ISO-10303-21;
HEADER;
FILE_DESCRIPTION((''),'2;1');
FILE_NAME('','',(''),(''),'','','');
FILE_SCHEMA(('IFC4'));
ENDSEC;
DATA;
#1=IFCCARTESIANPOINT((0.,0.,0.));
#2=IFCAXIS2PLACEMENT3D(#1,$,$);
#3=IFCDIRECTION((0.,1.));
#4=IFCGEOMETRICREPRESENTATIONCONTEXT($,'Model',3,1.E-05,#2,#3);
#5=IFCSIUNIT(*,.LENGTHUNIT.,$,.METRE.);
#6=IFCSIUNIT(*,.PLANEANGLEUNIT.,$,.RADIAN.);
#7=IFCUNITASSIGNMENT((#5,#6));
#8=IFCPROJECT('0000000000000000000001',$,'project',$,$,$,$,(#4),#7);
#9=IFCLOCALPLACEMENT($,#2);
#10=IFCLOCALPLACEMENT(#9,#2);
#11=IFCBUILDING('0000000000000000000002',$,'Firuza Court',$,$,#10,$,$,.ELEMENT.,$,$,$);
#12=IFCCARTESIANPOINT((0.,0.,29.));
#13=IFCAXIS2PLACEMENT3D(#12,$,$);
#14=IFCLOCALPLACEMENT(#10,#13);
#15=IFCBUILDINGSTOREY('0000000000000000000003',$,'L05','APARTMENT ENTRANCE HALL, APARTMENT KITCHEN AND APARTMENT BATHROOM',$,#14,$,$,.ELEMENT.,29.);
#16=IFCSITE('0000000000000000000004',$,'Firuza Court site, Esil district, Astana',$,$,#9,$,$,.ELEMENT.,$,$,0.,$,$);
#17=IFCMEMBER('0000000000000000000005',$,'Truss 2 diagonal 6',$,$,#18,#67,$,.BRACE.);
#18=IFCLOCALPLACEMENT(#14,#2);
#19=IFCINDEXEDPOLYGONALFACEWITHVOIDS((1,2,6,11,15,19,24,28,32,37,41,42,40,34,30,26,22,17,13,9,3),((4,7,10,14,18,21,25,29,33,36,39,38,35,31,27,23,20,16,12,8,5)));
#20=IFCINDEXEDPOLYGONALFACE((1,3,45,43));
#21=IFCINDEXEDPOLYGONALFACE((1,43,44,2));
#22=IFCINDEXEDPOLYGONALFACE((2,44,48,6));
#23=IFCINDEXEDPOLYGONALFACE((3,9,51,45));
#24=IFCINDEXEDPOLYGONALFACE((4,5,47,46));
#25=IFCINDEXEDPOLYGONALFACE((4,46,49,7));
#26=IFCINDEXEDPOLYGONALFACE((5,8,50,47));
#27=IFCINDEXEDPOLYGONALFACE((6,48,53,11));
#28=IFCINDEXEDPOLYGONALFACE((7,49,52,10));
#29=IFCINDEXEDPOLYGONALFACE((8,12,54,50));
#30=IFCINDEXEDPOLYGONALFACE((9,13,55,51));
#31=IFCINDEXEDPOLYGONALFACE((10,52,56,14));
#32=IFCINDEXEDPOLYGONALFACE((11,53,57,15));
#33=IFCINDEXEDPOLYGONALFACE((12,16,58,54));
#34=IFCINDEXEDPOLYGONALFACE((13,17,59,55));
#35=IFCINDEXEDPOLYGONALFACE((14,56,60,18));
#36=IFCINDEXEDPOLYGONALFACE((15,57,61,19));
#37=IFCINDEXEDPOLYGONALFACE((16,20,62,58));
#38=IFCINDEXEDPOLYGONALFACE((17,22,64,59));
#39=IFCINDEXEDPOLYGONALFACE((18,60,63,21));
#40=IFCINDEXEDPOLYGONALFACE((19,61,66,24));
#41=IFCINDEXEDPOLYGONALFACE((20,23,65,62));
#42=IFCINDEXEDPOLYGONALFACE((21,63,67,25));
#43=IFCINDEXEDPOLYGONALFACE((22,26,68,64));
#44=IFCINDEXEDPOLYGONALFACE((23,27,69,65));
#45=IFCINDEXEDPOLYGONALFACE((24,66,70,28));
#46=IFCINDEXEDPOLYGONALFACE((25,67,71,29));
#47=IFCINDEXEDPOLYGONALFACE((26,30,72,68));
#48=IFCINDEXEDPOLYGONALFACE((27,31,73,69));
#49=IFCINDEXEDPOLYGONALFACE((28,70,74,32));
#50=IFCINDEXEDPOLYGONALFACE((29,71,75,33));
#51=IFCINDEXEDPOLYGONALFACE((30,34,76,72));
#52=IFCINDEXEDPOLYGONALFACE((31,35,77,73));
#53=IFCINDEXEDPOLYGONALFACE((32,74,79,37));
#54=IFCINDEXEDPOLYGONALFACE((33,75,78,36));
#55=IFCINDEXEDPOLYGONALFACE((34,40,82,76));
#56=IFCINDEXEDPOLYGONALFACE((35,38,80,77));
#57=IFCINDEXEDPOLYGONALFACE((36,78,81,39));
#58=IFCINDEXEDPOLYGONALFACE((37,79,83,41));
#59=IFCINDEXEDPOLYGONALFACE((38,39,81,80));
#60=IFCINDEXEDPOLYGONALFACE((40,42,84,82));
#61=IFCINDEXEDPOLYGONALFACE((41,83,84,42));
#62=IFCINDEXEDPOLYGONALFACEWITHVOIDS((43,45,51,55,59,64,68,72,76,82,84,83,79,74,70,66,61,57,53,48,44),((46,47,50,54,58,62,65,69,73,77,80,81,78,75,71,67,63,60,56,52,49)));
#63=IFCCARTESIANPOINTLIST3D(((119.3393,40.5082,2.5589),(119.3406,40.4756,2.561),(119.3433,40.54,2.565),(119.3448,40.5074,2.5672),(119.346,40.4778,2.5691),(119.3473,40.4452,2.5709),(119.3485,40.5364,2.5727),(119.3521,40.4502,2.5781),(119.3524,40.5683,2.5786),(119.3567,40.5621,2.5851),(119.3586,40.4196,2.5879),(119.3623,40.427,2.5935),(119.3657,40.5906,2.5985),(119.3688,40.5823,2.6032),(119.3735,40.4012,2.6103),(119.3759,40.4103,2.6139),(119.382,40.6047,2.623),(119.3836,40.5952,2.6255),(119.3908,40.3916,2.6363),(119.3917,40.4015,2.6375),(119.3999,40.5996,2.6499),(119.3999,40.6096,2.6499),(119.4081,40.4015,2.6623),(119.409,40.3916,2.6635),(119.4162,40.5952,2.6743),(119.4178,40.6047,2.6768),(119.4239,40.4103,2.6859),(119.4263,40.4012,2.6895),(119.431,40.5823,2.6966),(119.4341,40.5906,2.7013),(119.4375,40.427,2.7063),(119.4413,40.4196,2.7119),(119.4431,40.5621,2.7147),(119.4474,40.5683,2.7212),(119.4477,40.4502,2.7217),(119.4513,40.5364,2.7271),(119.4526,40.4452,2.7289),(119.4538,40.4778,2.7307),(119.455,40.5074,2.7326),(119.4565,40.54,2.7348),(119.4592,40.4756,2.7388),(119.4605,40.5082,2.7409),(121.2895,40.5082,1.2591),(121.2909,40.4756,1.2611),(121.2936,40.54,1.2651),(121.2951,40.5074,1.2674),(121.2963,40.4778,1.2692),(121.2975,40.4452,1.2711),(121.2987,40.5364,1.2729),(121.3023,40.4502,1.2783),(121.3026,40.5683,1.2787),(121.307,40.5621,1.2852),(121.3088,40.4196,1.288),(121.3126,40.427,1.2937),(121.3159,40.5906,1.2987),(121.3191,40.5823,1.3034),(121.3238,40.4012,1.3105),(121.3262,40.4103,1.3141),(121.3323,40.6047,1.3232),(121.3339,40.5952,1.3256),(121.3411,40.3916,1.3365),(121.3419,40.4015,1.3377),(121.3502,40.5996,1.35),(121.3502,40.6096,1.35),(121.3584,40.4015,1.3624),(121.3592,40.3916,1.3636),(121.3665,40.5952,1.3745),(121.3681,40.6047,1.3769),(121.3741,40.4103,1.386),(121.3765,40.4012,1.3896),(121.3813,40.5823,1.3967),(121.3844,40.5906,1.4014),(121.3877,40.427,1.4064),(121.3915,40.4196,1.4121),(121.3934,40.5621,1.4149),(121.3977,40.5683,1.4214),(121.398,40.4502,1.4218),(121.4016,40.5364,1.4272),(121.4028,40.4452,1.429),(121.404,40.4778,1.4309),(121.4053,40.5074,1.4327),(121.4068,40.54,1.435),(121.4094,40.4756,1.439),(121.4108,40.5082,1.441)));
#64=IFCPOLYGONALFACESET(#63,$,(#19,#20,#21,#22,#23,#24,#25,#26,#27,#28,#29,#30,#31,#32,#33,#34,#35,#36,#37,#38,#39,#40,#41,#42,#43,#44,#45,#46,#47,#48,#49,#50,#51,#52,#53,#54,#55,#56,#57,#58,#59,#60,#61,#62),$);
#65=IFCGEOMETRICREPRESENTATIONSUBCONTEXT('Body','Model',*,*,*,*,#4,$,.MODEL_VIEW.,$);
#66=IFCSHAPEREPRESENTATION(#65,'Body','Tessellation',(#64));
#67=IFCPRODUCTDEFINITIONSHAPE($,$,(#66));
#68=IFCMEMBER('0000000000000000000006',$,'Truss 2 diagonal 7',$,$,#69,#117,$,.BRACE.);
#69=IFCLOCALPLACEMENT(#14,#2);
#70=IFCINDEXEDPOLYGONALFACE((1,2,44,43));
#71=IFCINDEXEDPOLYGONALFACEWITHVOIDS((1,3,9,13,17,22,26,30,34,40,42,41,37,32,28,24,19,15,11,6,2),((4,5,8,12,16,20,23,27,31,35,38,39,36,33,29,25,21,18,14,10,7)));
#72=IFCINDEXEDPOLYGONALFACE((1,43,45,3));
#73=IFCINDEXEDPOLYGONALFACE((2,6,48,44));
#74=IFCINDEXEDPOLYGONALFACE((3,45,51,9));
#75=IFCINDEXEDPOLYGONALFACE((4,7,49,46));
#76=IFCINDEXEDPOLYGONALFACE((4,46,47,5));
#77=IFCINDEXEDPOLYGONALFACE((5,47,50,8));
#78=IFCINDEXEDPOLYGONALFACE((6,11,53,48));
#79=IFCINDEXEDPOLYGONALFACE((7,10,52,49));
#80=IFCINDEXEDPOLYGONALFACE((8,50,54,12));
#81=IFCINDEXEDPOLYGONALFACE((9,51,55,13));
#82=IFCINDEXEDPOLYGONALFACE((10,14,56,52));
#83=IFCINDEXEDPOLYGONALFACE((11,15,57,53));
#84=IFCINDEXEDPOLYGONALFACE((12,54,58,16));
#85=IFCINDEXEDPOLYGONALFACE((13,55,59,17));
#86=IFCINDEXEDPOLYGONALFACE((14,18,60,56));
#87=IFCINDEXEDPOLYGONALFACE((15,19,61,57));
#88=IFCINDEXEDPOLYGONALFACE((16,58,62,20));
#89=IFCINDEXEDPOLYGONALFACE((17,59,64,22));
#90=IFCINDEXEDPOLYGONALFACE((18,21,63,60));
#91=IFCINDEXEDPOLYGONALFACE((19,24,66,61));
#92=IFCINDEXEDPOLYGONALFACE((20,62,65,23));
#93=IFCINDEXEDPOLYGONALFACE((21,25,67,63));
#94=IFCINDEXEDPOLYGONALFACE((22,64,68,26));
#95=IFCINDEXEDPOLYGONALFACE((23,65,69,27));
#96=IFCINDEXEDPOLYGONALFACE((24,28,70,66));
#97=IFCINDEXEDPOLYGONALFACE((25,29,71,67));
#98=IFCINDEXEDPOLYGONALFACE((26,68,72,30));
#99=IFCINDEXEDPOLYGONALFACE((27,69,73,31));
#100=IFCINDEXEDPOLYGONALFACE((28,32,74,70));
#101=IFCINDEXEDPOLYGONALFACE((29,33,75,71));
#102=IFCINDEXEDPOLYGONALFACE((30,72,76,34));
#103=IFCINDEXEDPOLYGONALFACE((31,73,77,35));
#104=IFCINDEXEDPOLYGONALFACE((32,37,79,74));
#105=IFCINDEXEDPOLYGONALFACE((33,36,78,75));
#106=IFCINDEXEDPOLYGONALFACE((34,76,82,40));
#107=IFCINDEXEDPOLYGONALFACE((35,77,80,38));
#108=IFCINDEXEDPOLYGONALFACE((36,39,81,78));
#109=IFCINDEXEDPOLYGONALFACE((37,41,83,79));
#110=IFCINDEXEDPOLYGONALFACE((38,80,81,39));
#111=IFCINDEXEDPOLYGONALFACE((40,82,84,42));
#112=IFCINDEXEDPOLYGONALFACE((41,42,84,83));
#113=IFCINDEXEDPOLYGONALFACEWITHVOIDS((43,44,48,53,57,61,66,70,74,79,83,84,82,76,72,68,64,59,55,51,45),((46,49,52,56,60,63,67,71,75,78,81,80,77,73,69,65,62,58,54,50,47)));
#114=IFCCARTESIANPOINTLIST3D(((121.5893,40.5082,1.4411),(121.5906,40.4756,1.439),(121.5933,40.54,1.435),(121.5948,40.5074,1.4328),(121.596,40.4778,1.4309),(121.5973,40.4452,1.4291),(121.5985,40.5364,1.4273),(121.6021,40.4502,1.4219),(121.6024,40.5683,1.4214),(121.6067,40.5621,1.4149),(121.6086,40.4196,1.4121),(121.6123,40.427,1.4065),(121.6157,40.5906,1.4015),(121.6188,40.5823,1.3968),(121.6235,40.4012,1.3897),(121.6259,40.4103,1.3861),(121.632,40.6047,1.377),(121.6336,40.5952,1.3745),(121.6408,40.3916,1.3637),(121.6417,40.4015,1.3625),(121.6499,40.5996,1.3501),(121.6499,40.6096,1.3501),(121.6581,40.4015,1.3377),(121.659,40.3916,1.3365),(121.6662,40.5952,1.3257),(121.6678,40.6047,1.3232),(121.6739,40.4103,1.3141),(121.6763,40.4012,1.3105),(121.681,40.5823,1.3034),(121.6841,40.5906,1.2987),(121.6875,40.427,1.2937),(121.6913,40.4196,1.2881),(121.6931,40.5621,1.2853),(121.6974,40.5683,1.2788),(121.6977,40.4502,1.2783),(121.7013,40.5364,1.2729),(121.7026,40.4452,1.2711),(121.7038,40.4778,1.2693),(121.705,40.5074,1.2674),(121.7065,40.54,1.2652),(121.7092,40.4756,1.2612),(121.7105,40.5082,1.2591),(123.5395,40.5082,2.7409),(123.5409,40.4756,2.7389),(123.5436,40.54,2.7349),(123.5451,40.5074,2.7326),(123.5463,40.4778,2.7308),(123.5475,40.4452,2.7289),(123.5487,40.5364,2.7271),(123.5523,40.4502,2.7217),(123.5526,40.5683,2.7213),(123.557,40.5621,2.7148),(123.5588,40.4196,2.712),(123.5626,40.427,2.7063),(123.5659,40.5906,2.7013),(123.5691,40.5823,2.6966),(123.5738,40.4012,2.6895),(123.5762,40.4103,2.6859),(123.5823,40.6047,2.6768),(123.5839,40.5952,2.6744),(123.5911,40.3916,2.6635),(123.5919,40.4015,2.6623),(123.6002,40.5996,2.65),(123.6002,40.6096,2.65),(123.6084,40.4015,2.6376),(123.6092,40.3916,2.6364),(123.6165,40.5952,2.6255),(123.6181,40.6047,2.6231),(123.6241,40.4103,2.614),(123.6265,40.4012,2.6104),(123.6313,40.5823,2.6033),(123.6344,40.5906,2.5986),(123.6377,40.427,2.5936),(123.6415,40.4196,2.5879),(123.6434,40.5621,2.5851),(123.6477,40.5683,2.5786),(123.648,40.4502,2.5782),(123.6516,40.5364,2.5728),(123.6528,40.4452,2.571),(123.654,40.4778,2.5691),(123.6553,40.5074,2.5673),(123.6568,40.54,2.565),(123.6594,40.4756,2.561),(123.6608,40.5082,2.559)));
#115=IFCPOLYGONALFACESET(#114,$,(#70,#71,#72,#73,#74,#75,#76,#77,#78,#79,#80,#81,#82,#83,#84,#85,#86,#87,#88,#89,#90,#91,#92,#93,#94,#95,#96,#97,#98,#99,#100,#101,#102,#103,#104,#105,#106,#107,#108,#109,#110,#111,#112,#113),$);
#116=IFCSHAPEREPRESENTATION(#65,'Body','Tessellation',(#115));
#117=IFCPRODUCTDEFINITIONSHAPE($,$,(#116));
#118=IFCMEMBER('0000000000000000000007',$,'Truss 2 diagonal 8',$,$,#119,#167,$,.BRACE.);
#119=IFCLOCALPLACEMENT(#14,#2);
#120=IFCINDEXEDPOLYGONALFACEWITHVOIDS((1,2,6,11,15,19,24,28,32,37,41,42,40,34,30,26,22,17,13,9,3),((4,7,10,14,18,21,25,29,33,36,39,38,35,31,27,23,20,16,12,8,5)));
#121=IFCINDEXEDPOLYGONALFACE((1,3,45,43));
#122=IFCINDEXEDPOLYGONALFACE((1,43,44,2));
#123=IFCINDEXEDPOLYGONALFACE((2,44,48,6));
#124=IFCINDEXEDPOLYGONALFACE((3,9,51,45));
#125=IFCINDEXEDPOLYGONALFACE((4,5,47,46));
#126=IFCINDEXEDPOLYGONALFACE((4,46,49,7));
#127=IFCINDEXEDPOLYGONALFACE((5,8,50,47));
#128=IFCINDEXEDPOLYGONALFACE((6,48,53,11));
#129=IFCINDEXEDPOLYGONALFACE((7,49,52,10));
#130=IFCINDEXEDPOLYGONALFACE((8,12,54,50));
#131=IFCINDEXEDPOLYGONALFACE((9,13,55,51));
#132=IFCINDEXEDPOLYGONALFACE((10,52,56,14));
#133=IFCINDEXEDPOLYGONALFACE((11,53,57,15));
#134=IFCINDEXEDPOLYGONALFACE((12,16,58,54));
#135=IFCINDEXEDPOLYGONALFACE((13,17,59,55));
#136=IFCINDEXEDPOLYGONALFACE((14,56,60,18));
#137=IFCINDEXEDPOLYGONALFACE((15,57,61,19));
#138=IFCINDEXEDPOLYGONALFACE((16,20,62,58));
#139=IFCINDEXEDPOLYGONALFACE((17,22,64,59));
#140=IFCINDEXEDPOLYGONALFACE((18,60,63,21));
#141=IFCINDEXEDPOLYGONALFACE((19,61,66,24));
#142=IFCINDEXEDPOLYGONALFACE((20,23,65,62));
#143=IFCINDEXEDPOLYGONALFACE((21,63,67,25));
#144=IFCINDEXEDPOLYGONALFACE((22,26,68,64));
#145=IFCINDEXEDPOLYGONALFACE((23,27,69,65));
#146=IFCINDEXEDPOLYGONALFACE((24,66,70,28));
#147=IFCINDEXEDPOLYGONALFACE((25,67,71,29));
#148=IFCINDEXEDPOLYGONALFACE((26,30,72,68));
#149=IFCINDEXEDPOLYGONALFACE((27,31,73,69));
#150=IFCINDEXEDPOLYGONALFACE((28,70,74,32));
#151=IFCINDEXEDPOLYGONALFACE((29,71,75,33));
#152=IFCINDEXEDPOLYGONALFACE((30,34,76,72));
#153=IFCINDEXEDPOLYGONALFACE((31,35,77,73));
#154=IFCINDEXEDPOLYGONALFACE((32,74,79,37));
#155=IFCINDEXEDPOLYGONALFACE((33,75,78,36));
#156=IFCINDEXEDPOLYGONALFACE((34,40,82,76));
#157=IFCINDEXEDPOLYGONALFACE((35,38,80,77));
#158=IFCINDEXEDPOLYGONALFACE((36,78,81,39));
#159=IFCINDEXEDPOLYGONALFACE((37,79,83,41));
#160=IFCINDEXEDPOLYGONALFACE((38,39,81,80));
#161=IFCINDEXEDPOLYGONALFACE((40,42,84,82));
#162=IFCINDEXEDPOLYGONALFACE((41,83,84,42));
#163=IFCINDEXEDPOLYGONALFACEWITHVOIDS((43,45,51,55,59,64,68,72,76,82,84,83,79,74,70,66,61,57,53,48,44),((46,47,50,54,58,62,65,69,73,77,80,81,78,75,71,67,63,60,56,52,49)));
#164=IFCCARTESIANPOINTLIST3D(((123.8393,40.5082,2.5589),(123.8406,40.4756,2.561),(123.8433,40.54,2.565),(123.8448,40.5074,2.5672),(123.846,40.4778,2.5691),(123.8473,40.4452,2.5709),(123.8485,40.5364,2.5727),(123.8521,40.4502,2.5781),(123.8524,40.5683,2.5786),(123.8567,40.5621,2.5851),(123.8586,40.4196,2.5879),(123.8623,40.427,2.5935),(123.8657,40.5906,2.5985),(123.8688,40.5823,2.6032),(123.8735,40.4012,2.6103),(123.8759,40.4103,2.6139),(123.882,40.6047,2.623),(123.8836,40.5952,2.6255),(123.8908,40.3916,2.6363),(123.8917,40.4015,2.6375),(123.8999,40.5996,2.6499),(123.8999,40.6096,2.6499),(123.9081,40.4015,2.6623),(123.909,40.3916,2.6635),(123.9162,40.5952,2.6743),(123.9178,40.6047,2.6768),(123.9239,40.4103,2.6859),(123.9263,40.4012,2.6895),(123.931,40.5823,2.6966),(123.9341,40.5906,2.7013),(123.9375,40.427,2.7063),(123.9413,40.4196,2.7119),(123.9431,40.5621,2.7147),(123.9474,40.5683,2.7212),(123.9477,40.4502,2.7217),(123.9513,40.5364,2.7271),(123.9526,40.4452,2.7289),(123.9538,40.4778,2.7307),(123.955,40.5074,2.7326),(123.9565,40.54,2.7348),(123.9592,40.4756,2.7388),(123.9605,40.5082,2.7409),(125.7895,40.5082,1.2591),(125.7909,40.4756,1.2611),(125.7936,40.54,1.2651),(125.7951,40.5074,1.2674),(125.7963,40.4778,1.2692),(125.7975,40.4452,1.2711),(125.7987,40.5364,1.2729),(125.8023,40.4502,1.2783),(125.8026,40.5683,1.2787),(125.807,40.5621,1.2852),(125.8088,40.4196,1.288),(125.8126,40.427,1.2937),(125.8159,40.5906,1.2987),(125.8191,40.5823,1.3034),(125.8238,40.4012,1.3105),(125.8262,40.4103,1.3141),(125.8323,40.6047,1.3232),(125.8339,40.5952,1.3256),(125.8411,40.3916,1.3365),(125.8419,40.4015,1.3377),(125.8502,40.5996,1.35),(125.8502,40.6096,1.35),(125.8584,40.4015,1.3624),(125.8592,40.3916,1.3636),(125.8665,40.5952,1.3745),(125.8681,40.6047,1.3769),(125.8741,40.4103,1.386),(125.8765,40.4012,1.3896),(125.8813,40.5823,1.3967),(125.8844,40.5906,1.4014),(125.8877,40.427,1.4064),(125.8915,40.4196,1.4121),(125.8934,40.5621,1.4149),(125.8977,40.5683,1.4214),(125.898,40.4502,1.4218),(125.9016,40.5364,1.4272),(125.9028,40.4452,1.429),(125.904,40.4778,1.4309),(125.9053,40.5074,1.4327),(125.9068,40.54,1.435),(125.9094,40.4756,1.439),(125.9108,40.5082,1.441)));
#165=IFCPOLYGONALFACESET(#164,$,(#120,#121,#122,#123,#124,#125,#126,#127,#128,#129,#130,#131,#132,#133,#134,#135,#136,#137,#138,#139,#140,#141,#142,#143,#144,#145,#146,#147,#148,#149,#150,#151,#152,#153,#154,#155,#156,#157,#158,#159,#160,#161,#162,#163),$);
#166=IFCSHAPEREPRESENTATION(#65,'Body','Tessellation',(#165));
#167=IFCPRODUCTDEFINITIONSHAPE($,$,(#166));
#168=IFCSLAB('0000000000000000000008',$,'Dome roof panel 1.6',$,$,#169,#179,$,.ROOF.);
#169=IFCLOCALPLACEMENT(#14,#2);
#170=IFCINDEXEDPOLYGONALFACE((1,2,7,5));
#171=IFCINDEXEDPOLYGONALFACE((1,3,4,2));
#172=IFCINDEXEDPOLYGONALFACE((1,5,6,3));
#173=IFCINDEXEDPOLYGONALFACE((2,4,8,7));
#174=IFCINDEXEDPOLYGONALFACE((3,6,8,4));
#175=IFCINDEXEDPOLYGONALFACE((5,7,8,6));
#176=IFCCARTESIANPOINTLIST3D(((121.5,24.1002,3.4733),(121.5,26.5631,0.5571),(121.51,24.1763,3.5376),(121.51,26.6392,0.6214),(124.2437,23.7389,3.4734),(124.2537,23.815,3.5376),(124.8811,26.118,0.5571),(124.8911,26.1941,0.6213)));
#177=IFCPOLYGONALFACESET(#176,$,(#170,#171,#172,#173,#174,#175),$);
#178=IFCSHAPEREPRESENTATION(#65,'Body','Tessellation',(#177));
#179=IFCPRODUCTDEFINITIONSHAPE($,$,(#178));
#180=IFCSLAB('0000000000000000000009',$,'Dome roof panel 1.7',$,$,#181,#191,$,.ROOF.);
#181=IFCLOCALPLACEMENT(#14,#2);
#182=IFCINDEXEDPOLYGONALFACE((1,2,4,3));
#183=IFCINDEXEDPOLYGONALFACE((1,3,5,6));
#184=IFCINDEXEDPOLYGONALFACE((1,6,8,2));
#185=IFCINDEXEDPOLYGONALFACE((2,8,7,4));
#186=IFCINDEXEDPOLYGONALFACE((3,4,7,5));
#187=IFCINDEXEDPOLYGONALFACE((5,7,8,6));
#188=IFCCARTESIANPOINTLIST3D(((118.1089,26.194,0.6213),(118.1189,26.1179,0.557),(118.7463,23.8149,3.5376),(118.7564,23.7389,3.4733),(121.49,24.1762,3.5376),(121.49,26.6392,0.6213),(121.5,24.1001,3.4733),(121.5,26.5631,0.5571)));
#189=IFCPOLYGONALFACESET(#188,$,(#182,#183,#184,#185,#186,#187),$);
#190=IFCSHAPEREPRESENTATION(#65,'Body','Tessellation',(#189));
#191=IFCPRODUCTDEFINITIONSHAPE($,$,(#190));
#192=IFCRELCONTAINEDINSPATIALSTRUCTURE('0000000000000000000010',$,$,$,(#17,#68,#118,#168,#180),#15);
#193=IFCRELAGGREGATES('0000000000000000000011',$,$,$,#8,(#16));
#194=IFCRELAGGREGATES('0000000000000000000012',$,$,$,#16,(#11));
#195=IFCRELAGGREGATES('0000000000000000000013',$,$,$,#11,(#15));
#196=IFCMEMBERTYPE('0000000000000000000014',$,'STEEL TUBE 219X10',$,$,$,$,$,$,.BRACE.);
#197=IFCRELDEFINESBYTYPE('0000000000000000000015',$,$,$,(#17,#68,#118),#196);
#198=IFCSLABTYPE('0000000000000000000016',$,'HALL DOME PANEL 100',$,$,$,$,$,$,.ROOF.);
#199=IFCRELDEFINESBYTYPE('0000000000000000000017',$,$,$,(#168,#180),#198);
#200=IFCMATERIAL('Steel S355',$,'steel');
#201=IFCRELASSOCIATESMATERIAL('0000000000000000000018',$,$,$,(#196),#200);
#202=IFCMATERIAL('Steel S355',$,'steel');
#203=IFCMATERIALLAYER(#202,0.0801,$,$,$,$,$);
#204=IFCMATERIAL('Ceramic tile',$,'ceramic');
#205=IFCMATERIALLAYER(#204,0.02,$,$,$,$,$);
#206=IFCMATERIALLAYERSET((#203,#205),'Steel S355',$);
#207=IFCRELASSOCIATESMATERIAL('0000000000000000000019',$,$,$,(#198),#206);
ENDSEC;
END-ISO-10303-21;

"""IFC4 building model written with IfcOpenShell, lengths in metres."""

from ifc_helpers import new_model, si_unit, direction, frame, origin, origin_2d, place, context, subcontext, project, spatial, polyline, hollow_circle, outline, extrude, material, layer, layer_set, material_profile, profile_set, type_object, element, save


model = new_model("IFC4")

# Units and contexts
model_context = context("Model", 3, precision=1e-05, world=origin(), true_north=direction((0.0, 1.0)))
body_context = subcontext(model_context, "Body", "Model", "MODEL_VIEW")
ifc_project = project(units=[si_unit("LENGTHUNIT", "METRE"), si_unit("PLANEANGLEUNIT", "RADIAN")], contexts=[model_context])

# Site, building, storey
site_placement = place(None, origin())
site = spatial("IfcSite", under=ifc_project, at=site_placement, Name="Firuza Court site, Esil district, Astana", CompositionType="ELEMENT", RefElevation=0.0)
building_placement = place(site_placement, origin())
building = spatial("IfcBuilding", under=site, at=building_placement, Name="Firuza Court", CompositionType="ELEMENT")
storey_placement = place(building_placement, frame((0.0, 0.0, 29.0)))
storey = spatial("IfcBuildingStorey", under=building, at=storey_placement, Name="L05", Description="APARTMENT ENTRANCE HALL, APARTMENT KITCHEN AND APARTMENT BATHROOM", CompositionType="ELEMENT", Elevation=29.0)

# Members
ifc_material_1 = material(Name="Steel S355", Category="steel")
ifc_material_profile_1 = material_profile(ifc_material_1, hollow_circle(Radius=0.1096, WallThickness=0.01, at=origin_2d()), Name="CHS 219X10")
ifc_profile_set_1 = profile_set([ifc_material_profile_1], Name="Steel S355")
member_type_1 = type_object("IfcMemberType", Name="STEEL TUBE 219X10", PredefinedType="BRACE", material=ifc_profile_set_1)
for number, where, z_axis, x_axis, name in (
    (1, (119.3999, 40.5, 2.6499), (0.832114, 0.0, -0.554604), (0.0, 1.0, 0.0), "Truss 2 diagonal 6"),
    (2, (121.6499, 40.5, 1.3501), (0.832114, 0.0, 0.554604), (0.0, 1.0, 0.0), "Truss 2 diagonal 7"),
    (3, (123.8999, 40.5, 2.6499), (0.832114, 0.0, -0.554604), (0.0, 1.0, 0.0), "Truss 2 diagonal 8"),
):
    element("IfcMember", number, at=place(storey_placement, frame(where, z_axis=z_axis, x_axis=x_axis)), inside=storey, type_object=member_type_1, Name=name, PredefinedType="BRACE", context=body_context, shape_type="SweptSolid", body=[
        extrude(hollow_circle(Radius=0.1096, WallThickness=0.01, at=origin_2d()), origin(), (0.0, 0.0, 1.0), 2.3438),
    ])

# Slabs
ifc_material_2 = material(Name="Steel S355", Category="steel")
ifc_layer_1 = layer(ifc_material_2, 0.0801)
ifc_material_3 = material(Name="Ceramic tile", Category="ceramic")
ifc_layer_2 = layer(ifc_material_3, 0.02)
ifc_layer_set = layer_set([ifc_layer_1, ifc_layer_2], Name="Steel S355")
slab_type = type_object("IfcSlabType", Name="HALL DOME PANEL 100", PredefinedType="ROOF", material=ifc_layer_set)
slab_1_placement = place(storey_placement, frame((124.8911, 26.1941, 0.6213), z_axis=(0.100082, 0.760147, 0.641997), x_axis=(-0.166991, -0.623251, 0.763984)))
element("IfcSlab", 4, at=slab_1_placement, inside=storey, type_object=slab_type, Name="Dome roof panel 1.6", PredefinedType="ROOF", context=body_context, shape_type="SweptSolid", body=[
    extrude(outline(polyline([(0.0, 0.0), (3.8172, 0.0), (4.0502, -2.7575), (0.2872, -3.3982), (0.0, 0.0)])), origin(), (0.0, 0.0, -1.0), 0.1001),
])
slab_2_placement = place(storey_placement, frame((121.49, 26.6392, 0.6213), z_axis=(-0.100082, 0.760147, 0.641997), x_axis=(0.000002, -0.645237, 0.763983)))
element("IfcSlab", 5, at=slab_2_placement, inside=storey, type_object=slab_type, Name="Dome roof panel 1.7", PredefinedType="ROOF", context=body_context, shape_type="SweptSolid", body=[
    extrude(outline(polyline([(0.0, 0.0), (3.8171, 0.0), (4.0503, -2.7575), (0.2872, -3.3982), (0.0, 0.0)])), origin(), (0.0, 0.0, -1.0), 0.1001),
])

save(model, "model.ifc")
